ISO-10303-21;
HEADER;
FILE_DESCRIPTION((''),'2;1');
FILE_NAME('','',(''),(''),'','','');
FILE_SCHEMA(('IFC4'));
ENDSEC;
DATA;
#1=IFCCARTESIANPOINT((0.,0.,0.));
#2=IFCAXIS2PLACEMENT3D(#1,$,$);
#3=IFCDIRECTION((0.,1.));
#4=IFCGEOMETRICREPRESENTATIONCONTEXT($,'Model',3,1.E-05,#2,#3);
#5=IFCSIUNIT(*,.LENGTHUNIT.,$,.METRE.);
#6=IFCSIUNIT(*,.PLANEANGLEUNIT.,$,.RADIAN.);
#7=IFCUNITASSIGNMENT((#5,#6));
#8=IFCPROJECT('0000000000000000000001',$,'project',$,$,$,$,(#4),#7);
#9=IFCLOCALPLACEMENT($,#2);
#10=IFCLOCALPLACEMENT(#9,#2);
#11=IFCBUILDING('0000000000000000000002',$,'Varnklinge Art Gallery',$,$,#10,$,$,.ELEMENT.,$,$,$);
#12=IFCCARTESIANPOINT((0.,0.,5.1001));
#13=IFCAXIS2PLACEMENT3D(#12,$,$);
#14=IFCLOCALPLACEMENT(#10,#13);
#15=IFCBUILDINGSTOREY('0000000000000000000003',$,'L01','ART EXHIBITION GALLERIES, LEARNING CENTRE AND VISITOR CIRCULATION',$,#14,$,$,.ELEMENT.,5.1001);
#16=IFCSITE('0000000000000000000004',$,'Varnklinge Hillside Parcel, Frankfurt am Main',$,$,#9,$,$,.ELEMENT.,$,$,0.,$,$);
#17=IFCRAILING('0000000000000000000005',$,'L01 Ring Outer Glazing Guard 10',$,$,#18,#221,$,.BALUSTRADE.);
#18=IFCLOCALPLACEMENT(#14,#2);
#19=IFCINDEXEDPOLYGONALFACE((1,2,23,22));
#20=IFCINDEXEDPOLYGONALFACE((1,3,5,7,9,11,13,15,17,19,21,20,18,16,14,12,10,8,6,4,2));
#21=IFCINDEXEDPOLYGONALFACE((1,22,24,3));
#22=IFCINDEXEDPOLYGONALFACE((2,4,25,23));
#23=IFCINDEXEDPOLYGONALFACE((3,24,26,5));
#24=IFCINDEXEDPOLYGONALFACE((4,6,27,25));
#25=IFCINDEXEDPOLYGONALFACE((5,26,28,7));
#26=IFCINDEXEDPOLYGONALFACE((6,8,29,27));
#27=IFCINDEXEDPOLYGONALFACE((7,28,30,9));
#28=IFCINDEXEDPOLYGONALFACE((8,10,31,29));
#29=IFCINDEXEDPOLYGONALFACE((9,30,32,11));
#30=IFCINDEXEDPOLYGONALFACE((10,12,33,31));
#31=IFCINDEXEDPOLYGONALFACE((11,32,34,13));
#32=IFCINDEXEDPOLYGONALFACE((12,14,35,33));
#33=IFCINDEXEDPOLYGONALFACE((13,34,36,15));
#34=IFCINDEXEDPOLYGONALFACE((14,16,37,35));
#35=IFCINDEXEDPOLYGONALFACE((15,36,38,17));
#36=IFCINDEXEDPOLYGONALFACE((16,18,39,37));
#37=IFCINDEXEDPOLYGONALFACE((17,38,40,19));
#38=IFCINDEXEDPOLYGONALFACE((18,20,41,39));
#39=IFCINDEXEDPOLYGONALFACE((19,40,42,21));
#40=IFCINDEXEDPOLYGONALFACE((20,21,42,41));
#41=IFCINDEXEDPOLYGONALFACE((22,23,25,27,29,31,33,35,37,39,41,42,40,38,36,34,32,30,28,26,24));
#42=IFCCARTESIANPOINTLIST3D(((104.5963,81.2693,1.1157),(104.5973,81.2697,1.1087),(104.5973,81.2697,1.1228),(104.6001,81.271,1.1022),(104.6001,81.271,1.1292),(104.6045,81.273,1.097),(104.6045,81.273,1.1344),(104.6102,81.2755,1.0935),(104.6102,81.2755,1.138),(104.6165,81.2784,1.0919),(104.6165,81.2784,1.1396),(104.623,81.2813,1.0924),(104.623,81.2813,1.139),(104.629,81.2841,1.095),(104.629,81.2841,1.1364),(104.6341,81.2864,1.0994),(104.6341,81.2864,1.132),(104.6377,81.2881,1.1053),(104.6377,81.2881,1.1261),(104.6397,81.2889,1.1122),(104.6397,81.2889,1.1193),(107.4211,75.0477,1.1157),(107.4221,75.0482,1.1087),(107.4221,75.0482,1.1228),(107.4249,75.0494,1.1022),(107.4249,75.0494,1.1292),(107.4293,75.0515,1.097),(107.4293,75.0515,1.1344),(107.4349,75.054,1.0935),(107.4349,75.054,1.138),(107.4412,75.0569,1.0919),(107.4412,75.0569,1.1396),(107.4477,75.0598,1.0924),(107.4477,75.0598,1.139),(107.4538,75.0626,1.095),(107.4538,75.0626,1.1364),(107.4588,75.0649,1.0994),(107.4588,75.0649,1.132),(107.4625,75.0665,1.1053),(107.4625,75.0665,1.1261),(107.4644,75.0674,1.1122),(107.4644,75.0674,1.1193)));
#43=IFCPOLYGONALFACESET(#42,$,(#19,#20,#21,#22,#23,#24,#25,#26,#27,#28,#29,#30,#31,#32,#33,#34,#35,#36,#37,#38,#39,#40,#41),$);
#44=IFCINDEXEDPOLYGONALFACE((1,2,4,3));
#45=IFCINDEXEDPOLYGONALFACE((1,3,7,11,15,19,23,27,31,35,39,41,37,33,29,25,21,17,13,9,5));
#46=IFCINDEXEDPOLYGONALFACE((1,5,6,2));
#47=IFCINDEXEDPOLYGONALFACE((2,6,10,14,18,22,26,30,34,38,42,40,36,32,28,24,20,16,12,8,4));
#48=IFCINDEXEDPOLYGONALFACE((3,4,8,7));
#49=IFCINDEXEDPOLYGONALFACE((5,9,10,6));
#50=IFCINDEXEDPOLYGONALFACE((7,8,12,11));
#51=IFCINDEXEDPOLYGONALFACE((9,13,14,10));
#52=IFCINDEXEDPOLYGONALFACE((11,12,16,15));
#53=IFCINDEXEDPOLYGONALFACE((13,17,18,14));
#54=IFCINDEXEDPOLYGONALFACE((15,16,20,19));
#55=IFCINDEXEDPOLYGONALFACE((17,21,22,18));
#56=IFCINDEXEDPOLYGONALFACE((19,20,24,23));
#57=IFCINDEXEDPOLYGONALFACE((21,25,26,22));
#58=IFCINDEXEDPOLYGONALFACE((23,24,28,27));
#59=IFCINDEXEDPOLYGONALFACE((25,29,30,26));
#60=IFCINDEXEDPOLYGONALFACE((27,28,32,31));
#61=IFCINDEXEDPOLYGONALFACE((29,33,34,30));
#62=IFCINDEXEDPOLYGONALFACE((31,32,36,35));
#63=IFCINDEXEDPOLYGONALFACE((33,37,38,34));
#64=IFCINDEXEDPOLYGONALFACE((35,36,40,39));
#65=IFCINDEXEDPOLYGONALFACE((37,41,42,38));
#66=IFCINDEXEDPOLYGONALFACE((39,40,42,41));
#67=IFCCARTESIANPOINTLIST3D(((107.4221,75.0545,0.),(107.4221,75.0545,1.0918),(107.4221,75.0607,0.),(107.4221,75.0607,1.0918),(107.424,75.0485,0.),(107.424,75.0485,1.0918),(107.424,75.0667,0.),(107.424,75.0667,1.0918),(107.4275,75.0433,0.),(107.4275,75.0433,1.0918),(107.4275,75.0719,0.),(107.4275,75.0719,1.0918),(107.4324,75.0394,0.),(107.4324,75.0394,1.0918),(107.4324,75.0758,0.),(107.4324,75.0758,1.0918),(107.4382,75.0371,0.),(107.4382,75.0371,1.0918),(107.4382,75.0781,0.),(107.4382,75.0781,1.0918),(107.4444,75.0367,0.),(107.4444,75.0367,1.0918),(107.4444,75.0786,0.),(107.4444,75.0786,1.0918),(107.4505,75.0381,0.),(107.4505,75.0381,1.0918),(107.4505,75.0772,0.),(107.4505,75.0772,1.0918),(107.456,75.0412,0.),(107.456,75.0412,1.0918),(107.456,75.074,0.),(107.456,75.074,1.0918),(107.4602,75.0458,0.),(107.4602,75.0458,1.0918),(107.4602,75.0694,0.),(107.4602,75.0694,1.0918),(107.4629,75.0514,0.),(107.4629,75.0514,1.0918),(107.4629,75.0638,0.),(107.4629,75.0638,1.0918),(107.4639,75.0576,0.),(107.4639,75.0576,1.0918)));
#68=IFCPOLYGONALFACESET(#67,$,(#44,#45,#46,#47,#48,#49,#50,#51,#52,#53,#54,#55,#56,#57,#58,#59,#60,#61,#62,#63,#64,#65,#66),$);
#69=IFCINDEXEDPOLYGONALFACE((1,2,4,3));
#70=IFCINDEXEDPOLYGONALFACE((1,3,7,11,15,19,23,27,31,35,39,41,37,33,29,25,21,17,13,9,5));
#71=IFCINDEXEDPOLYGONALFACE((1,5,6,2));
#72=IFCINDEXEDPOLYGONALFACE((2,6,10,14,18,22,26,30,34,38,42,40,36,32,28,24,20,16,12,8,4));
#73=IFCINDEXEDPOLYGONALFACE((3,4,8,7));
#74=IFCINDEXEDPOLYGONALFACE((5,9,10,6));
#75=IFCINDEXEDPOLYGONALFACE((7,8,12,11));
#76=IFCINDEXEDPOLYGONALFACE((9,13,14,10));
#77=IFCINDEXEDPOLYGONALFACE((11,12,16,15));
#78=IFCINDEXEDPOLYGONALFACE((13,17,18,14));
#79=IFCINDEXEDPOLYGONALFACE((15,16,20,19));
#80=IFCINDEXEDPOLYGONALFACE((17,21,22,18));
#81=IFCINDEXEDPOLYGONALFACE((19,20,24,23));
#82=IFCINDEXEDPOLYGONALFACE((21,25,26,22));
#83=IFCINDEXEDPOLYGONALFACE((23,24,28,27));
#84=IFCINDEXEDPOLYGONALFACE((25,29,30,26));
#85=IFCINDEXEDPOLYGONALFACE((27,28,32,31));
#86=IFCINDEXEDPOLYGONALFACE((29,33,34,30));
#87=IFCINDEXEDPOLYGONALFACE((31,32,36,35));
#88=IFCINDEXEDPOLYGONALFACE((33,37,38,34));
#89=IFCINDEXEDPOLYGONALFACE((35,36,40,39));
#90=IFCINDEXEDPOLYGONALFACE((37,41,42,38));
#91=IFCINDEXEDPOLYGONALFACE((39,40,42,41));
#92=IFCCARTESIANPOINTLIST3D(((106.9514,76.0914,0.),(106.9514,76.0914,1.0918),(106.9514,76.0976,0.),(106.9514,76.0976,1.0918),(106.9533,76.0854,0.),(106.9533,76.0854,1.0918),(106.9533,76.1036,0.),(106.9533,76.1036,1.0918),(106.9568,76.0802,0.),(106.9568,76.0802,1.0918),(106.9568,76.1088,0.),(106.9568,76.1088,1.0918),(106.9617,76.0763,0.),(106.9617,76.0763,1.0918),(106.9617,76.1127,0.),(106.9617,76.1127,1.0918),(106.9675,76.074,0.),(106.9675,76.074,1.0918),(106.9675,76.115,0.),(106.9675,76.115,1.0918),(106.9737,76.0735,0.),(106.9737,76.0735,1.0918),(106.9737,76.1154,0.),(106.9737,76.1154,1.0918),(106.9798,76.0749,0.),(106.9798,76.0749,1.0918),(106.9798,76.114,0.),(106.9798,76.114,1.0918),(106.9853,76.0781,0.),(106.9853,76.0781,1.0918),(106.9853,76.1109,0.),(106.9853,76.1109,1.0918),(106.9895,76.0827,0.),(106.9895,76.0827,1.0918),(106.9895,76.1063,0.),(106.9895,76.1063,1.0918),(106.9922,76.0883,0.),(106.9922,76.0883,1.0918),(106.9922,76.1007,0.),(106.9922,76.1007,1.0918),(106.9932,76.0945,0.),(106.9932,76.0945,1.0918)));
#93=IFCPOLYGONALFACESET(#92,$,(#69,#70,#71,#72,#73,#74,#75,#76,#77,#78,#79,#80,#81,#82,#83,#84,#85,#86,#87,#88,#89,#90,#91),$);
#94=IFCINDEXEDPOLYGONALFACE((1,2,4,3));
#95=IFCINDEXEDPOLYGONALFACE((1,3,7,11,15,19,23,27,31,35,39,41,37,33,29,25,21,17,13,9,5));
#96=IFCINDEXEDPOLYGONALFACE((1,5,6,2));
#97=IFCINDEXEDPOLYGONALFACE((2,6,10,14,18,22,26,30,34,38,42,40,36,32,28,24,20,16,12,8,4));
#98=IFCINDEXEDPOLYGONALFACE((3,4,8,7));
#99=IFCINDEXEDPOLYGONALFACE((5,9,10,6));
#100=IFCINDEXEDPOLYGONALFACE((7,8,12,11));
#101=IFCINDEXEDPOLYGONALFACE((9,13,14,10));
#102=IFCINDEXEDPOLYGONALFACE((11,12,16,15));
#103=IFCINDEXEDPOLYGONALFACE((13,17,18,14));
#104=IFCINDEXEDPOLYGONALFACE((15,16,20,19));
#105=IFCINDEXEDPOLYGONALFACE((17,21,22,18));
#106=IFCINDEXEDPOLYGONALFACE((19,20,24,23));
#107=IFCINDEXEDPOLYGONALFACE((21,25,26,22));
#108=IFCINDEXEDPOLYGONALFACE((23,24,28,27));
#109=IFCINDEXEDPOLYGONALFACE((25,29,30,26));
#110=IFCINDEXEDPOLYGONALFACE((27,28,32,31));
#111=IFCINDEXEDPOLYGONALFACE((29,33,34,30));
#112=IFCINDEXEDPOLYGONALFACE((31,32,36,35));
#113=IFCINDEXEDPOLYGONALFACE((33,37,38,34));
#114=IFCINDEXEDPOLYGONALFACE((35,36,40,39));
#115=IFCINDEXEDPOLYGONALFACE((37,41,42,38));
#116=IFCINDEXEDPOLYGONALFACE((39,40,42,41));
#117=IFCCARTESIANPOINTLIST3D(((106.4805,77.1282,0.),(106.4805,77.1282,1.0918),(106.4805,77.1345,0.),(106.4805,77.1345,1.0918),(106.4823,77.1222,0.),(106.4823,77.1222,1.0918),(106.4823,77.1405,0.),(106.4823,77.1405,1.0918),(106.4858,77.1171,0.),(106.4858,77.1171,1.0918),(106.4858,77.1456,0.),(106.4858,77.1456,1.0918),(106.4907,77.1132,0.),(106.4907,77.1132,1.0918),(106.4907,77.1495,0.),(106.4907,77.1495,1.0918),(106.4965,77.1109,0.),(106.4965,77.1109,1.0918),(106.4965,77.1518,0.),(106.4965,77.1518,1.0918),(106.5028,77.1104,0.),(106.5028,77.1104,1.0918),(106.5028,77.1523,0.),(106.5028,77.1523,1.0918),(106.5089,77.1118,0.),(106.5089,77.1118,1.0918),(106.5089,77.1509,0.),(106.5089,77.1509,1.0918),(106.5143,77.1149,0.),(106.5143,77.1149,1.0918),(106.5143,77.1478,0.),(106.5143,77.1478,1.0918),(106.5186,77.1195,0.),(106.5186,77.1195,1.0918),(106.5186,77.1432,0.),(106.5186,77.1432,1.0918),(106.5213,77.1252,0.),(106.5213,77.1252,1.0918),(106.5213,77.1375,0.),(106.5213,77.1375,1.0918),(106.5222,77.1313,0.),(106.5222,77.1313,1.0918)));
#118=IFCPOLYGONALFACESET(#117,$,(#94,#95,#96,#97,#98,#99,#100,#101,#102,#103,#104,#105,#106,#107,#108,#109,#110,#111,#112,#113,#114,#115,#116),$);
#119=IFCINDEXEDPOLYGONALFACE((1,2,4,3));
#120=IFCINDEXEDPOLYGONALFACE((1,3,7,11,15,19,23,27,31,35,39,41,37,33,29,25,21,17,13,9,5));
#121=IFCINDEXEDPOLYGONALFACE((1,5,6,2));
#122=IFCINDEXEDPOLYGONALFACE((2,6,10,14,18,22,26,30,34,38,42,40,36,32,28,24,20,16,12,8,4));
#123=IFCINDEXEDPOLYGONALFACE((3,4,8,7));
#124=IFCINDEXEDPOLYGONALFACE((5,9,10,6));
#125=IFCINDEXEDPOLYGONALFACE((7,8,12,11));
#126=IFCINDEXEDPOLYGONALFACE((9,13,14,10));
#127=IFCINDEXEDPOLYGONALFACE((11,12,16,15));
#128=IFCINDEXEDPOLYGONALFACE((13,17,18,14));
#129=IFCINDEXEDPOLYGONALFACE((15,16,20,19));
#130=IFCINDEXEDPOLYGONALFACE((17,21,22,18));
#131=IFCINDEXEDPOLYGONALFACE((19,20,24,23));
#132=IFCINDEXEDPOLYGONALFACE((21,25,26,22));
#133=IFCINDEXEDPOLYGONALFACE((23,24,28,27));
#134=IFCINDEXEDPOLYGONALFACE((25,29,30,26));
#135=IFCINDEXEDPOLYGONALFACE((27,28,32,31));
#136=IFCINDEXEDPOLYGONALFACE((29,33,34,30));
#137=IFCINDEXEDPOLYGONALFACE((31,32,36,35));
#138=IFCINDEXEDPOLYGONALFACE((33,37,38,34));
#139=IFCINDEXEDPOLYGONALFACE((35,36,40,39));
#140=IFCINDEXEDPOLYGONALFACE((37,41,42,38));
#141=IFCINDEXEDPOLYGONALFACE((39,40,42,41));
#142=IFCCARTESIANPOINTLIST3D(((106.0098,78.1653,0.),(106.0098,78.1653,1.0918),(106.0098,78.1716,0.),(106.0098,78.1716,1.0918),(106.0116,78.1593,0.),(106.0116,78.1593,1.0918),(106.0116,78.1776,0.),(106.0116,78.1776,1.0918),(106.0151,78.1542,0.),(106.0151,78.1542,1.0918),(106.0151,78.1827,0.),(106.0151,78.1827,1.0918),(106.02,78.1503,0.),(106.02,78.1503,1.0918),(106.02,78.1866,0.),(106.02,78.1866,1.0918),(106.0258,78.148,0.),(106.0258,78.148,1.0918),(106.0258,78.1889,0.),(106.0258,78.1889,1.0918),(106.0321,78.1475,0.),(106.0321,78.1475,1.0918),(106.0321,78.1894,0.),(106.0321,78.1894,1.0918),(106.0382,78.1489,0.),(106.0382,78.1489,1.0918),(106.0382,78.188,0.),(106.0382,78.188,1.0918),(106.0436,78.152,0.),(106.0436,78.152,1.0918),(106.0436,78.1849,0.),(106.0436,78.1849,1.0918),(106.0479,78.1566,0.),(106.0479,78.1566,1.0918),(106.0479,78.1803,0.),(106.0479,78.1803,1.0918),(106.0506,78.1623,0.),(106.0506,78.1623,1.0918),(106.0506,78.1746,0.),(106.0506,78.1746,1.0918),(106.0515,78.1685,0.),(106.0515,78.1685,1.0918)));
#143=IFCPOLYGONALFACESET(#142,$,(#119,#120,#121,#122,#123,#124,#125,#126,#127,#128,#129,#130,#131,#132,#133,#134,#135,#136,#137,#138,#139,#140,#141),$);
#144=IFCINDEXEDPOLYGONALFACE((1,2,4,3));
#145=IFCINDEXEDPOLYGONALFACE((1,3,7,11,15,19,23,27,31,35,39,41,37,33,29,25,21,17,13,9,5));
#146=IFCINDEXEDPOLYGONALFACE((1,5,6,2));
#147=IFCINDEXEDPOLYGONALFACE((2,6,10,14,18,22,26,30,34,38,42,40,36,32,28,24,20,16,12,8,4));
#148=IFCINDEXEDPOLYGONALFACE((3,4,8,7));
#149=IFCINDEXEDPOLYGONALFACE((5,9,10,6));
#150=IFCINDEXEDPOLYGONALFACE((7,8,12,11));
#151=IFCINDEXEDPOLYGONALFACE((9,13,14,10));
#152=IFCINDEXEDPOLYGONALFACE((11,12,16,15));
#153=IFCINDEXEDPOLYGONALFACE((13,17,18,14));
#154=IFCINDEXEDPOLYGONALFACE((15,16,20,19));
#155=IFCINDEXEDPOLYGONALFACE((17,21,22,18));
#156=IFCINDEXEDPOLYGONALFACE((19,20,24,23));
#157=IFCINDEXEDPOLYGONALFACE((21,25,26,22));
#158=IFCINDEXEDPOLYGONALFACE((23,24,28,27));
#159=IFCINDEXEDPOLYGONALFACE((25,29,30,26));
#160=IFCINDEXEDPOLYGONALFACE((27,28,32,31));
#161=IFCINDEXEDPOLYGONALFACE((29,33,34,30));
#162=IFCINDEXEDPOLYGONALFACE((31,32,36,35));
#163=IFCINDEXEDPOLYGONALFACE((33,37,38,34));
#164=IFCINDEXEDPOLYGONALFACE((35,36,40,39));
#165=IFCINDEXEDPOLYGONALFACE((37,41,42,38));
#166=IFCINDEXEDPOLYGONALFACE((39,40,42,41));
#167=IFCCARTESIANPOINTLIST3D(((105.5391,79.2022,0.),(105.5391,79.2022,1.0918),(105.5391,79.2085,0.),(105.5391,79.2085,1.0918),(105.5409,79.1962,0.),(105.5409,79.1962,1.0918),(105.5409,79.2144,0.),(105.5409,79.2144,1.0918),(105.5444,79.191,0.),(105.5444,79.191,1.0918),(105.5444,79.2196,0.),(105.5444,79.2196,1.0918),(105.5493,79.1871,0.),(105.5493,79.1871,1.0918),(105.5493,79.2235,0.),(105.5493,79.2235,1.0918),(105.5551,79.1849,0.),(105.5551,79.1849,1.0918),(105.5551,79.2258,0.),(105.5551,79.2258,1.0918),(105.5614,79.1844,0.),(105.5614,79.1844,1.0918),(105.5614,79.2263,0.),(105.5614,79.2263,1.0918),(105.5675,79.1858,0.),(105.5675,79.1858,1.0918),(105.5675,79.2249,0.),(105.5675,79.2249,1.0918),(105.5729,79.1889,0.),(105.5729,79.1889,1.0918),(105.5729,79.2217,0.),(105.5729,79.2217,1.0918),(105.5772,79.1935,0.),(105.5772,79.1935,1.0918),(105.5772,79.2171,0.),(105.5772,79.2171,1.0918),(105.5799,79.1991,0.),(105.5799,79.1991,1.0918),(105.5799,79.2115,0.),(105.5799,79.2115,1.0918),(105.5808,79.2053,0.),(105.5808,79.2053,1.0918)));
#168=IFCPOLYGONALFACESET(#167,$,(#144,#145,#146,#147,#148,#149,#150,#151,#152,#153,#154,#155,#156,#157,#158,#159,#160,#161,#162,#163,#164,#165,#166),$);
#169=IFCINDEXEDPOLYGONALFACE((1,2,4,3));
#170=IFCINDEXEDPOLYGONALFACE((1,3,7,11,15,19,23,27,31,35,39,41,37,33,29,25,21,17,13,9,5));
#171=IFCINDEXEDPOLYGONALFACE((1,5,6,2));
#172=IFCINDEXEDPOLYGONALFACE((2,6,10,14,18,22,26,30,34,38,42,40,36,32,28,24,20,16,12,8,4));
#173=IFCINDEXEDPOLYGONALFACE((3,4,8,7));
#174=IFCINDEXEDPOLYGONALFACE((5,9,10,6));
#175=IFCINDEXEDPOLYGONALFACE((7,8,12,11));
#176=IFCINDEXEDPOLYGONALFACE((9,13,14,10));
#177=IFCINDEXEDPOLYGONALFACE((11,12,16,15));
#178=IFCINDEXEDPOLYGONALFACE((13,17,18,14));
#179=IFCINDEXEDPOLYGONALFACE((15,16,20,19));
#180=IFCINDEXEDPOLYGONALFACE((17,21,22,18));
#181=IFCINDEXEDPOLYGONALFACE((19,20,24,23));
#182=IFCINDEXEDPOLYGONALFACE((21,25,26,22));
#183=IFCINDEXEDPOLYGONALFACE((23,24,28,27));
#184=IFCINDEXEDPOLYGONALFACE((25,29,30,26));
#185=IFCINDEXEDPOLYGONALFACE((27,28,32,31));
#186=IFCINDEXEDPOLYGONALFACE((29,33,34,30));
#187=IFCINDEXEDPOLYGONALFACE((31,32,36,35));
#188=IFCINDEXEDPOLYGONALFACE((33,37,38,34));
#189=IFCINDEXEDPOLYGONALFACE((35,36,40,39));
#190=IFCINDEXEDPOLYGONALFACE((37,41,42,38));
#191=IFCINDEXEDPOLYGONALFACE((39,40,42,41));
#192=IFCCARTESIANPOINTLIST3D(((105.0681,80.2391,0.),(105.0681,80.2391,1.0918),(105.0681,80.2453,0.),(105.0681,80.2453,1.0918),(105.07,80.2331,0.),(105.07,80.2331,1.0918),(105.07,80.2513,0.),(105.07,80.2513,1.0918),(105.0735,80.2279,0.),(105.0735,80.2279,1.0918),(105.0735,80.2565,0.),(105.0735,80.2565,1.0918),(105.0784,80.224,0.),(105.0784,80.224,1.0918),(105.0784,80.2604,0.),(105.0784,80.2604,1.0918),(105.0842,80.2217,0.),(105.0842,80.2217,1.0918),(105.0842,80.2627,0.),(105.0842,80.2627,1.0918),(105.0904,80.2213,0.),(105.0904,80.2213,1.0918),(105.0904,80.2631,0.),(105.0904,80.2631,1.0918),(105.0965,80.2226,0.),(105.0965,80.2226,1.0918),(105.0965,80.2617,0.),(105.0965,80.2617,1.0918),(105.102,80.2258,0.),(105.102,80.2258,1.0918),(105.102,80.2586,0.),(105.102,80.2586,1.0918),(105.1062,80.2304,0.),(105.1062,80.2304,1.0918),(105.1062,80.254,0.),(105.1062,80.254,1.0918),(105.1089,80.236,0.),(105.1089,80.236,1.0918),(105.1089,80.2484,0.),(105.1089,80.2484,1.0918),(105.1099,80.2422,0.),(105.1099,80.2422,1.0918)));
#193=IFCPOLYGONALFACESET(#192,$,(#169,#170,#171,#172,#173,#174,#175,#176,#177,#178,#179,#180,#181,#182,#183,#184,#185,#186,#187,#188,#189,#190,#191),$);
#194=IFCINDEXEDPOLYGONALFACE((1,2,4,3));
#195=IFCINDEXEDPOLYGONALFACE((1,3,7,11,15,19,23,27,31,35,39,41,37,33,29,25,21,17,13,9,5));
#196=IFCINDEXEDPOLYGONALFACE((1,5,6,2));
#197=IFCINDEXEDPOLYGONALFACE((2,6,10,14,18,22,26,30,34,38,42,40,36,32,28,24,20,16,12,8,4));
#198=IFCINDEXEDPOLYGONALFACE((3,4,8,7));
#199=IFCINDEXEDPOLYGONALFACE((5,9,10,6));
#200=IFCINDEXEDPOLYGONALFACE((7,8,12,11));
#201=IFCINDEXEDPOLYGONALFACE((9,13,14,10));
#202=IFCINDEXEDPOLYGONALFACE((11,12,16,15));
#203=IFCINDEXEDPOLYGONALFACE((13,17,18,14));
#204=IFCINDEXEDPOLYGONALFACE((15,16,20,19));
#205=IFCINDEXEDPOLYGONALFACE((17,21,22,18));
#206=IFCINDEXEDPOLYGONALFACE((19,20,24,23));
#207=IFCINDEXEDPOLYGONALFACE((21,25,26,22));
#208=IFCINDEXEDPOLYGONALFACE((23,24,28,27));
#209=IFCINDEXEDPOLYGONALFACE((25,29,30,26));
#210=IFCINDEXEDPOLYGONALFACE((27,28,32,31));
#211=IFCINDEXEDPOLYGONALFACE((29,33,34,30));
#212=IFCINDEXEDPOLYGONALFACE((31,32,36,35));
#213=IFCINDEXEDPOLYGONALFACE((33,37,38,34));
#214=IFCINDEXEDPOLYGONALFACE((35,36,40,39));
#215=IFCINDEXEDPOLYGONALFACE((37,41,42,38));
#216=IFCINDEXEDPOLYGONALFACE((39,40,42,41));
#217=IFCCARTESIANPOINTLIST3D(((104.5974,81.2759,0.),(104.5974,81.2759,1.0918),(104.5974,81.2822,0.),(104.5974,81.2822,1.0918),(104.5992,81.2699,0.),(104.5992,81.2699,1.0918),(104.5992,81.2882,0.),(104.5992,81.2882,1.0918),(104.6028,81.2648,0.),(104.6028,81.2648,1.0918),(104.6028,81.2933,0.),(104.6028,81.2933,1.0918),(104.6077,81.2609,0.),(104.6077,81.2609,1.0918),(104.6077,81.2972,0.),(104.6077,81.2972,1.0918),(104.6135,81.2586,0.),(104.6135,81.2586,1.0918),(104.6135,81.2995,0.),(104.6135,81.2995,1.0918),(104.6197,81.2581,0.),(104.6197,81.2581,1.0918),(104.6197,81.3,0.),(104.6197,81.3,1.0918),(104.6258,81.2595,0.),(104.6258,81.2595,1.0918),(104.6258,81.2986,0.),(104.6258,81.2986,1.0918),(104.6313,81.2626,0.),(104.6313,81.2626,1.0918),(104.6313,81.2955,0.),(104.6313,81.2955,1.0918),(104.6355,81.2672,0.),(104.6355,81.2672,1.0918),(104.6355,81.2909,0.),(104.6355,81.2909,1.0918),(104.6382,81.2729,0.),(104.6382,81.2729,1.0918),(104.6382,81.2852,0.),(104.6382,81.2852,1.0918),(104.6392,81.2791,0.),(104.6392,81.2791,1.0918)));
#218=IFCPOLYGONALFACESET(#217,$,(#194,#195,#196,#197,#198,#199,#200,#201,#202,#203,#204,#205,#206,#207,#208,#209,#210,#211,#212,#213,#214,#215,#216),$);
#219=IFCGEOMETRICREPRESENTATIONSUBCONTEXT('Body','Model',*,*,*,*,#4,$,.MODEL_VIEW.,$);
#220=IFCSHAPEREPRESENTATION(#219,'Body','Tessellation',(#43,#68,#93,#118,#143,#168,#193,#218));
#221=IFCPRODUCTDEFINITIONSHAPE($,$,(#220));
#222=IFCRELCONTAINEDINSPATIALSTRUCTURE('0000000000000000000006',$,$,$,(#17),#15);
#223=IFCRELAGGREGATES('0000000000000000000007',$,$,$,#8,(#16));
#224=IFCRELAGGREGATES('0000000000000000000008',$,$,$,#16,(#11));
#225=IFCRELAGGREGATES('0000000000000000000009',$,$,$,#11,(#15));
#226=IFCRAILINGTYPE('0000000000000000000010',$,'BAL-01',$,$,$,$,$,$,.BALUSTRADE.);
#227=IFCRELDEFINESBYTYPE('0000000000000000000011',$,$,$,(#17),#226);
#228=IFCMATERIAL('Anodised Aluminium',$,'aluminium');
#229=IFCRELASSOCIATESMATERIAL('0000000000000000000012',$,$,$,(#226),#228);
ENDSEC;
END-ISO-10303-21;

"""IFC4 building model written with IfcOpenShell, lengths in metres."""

from ifc_helpers import new_model, si_unit, direction, frame, origin, origin_2d, place, context, subcontext, project, spatial, circle, extrude, material, type_object, element, save


model = new_model("IFC4")

# Units and contexts
model_context = context("Model", 3, precision=1e-05, world=origin(), true_north=direction((0.0, 1.0)))
body_context = subcontext(model_context, "Body", "Model", "MODEL_VIEW")
ifc_project = project(units=[si_unit("LENGTHUNIT", "METRE"), si_unit("PLANEANGLEUNIT", "RADIAN")], contexts=[model_context])

# Site, building, storey
site_placement = place(None, origin())
site = spatial("IfcSite", under=ifc_project, at=site_placement, Name="Varnklinge Hillside Parcel, Frankfurt am Main", CompositionType="ELEMENT", RefElevation=0.0)
building_placement = place(site_placement, origin())
building = spatial("IfcBuilding", under=site, at=building_placement, Name="Varnklinge Art Gallery", CompositionType="ELEMENT")
storey_placement = place(building_placement, frame((0.0, 0.0, 5.1001)))
storey = spatial("IfcBuildingStorey", under=building, at=storey_placement, Name="L01", Description="ART EXHIBITION GALLERIES, LEARNING CENTRE AND VISITOR CIRCULATION", CompositionType="ELEMENT", Elevation=5.1001)

# Railing
ifc_material_1 = material(Name="Anodised Aluminium", Category="aluminium")
railing_type = type_object("IfcRailingType", Name="BAL-01", PredefinedType="BALUSTRADE", material=ifc_material_1)
railing_placement = place(storey_placement, frame((107.4429, 75.0576, 0.0)))
element("IfcRailing", 1, at=railing_placement, inside=storey, type_object=railing_type, Name="L01 Ring Outer Glazing Guard 10", PredefinedType="BALUSTRADE", context=body_context, shape_type="SweptSolid", body=[
    extrude(circle(Radius=0.0239, at=origin_2d()), frame((0.0, 0.0, 1.1157), z_axis=(-0.413413, 0.910544, 0.0), x_axis=(-0.910544, -0.413413, 0.0)), (0.0, 0.0, 1.0), 6.8328),
    extrude(circle(Radius=0.021, at=origin_2d()), origin(), (0.0, 0.0, 1.0), 1.0918),
    extrude(circle(Radius=0.021, at=origin_2d()), frame((-0.4707, 1.0369, 0.0)), (0.0, 0.0, 1.0), 1.0918),
    extrude(circle(Radius=0.021, at=origin_2d()), frame((-0.9417, 2.0737, 0.0)), (0.0, 0.0, 1.0), 1.0918),
    extrude(circle(Radius=0.021, at=origin_2d()), frame((-1.4124, 3.1108, 0.0)), (0.0, 0.0, 1.0), 1.0918),
    extrude(circle(Radius=0.021, at=origin_2d()), frame((-1.8831, 4.1477, 0.0)), (0.0, 0.0, 1.0), 1.0918),
    extrude(circle(Radius=0.021, at=origin_2d()), frame((-2.354, 5.1846, 0.0)), (0.0, 0.0, 1.0), 1.0918),
    extrude(circle(Radius=0.021, at=origin_2d()), frame((-2.8247, 6.2214, 0.0)), (0.0, 0.0, 1.0), 1.0918),
])

save(model, "model.ifc")
